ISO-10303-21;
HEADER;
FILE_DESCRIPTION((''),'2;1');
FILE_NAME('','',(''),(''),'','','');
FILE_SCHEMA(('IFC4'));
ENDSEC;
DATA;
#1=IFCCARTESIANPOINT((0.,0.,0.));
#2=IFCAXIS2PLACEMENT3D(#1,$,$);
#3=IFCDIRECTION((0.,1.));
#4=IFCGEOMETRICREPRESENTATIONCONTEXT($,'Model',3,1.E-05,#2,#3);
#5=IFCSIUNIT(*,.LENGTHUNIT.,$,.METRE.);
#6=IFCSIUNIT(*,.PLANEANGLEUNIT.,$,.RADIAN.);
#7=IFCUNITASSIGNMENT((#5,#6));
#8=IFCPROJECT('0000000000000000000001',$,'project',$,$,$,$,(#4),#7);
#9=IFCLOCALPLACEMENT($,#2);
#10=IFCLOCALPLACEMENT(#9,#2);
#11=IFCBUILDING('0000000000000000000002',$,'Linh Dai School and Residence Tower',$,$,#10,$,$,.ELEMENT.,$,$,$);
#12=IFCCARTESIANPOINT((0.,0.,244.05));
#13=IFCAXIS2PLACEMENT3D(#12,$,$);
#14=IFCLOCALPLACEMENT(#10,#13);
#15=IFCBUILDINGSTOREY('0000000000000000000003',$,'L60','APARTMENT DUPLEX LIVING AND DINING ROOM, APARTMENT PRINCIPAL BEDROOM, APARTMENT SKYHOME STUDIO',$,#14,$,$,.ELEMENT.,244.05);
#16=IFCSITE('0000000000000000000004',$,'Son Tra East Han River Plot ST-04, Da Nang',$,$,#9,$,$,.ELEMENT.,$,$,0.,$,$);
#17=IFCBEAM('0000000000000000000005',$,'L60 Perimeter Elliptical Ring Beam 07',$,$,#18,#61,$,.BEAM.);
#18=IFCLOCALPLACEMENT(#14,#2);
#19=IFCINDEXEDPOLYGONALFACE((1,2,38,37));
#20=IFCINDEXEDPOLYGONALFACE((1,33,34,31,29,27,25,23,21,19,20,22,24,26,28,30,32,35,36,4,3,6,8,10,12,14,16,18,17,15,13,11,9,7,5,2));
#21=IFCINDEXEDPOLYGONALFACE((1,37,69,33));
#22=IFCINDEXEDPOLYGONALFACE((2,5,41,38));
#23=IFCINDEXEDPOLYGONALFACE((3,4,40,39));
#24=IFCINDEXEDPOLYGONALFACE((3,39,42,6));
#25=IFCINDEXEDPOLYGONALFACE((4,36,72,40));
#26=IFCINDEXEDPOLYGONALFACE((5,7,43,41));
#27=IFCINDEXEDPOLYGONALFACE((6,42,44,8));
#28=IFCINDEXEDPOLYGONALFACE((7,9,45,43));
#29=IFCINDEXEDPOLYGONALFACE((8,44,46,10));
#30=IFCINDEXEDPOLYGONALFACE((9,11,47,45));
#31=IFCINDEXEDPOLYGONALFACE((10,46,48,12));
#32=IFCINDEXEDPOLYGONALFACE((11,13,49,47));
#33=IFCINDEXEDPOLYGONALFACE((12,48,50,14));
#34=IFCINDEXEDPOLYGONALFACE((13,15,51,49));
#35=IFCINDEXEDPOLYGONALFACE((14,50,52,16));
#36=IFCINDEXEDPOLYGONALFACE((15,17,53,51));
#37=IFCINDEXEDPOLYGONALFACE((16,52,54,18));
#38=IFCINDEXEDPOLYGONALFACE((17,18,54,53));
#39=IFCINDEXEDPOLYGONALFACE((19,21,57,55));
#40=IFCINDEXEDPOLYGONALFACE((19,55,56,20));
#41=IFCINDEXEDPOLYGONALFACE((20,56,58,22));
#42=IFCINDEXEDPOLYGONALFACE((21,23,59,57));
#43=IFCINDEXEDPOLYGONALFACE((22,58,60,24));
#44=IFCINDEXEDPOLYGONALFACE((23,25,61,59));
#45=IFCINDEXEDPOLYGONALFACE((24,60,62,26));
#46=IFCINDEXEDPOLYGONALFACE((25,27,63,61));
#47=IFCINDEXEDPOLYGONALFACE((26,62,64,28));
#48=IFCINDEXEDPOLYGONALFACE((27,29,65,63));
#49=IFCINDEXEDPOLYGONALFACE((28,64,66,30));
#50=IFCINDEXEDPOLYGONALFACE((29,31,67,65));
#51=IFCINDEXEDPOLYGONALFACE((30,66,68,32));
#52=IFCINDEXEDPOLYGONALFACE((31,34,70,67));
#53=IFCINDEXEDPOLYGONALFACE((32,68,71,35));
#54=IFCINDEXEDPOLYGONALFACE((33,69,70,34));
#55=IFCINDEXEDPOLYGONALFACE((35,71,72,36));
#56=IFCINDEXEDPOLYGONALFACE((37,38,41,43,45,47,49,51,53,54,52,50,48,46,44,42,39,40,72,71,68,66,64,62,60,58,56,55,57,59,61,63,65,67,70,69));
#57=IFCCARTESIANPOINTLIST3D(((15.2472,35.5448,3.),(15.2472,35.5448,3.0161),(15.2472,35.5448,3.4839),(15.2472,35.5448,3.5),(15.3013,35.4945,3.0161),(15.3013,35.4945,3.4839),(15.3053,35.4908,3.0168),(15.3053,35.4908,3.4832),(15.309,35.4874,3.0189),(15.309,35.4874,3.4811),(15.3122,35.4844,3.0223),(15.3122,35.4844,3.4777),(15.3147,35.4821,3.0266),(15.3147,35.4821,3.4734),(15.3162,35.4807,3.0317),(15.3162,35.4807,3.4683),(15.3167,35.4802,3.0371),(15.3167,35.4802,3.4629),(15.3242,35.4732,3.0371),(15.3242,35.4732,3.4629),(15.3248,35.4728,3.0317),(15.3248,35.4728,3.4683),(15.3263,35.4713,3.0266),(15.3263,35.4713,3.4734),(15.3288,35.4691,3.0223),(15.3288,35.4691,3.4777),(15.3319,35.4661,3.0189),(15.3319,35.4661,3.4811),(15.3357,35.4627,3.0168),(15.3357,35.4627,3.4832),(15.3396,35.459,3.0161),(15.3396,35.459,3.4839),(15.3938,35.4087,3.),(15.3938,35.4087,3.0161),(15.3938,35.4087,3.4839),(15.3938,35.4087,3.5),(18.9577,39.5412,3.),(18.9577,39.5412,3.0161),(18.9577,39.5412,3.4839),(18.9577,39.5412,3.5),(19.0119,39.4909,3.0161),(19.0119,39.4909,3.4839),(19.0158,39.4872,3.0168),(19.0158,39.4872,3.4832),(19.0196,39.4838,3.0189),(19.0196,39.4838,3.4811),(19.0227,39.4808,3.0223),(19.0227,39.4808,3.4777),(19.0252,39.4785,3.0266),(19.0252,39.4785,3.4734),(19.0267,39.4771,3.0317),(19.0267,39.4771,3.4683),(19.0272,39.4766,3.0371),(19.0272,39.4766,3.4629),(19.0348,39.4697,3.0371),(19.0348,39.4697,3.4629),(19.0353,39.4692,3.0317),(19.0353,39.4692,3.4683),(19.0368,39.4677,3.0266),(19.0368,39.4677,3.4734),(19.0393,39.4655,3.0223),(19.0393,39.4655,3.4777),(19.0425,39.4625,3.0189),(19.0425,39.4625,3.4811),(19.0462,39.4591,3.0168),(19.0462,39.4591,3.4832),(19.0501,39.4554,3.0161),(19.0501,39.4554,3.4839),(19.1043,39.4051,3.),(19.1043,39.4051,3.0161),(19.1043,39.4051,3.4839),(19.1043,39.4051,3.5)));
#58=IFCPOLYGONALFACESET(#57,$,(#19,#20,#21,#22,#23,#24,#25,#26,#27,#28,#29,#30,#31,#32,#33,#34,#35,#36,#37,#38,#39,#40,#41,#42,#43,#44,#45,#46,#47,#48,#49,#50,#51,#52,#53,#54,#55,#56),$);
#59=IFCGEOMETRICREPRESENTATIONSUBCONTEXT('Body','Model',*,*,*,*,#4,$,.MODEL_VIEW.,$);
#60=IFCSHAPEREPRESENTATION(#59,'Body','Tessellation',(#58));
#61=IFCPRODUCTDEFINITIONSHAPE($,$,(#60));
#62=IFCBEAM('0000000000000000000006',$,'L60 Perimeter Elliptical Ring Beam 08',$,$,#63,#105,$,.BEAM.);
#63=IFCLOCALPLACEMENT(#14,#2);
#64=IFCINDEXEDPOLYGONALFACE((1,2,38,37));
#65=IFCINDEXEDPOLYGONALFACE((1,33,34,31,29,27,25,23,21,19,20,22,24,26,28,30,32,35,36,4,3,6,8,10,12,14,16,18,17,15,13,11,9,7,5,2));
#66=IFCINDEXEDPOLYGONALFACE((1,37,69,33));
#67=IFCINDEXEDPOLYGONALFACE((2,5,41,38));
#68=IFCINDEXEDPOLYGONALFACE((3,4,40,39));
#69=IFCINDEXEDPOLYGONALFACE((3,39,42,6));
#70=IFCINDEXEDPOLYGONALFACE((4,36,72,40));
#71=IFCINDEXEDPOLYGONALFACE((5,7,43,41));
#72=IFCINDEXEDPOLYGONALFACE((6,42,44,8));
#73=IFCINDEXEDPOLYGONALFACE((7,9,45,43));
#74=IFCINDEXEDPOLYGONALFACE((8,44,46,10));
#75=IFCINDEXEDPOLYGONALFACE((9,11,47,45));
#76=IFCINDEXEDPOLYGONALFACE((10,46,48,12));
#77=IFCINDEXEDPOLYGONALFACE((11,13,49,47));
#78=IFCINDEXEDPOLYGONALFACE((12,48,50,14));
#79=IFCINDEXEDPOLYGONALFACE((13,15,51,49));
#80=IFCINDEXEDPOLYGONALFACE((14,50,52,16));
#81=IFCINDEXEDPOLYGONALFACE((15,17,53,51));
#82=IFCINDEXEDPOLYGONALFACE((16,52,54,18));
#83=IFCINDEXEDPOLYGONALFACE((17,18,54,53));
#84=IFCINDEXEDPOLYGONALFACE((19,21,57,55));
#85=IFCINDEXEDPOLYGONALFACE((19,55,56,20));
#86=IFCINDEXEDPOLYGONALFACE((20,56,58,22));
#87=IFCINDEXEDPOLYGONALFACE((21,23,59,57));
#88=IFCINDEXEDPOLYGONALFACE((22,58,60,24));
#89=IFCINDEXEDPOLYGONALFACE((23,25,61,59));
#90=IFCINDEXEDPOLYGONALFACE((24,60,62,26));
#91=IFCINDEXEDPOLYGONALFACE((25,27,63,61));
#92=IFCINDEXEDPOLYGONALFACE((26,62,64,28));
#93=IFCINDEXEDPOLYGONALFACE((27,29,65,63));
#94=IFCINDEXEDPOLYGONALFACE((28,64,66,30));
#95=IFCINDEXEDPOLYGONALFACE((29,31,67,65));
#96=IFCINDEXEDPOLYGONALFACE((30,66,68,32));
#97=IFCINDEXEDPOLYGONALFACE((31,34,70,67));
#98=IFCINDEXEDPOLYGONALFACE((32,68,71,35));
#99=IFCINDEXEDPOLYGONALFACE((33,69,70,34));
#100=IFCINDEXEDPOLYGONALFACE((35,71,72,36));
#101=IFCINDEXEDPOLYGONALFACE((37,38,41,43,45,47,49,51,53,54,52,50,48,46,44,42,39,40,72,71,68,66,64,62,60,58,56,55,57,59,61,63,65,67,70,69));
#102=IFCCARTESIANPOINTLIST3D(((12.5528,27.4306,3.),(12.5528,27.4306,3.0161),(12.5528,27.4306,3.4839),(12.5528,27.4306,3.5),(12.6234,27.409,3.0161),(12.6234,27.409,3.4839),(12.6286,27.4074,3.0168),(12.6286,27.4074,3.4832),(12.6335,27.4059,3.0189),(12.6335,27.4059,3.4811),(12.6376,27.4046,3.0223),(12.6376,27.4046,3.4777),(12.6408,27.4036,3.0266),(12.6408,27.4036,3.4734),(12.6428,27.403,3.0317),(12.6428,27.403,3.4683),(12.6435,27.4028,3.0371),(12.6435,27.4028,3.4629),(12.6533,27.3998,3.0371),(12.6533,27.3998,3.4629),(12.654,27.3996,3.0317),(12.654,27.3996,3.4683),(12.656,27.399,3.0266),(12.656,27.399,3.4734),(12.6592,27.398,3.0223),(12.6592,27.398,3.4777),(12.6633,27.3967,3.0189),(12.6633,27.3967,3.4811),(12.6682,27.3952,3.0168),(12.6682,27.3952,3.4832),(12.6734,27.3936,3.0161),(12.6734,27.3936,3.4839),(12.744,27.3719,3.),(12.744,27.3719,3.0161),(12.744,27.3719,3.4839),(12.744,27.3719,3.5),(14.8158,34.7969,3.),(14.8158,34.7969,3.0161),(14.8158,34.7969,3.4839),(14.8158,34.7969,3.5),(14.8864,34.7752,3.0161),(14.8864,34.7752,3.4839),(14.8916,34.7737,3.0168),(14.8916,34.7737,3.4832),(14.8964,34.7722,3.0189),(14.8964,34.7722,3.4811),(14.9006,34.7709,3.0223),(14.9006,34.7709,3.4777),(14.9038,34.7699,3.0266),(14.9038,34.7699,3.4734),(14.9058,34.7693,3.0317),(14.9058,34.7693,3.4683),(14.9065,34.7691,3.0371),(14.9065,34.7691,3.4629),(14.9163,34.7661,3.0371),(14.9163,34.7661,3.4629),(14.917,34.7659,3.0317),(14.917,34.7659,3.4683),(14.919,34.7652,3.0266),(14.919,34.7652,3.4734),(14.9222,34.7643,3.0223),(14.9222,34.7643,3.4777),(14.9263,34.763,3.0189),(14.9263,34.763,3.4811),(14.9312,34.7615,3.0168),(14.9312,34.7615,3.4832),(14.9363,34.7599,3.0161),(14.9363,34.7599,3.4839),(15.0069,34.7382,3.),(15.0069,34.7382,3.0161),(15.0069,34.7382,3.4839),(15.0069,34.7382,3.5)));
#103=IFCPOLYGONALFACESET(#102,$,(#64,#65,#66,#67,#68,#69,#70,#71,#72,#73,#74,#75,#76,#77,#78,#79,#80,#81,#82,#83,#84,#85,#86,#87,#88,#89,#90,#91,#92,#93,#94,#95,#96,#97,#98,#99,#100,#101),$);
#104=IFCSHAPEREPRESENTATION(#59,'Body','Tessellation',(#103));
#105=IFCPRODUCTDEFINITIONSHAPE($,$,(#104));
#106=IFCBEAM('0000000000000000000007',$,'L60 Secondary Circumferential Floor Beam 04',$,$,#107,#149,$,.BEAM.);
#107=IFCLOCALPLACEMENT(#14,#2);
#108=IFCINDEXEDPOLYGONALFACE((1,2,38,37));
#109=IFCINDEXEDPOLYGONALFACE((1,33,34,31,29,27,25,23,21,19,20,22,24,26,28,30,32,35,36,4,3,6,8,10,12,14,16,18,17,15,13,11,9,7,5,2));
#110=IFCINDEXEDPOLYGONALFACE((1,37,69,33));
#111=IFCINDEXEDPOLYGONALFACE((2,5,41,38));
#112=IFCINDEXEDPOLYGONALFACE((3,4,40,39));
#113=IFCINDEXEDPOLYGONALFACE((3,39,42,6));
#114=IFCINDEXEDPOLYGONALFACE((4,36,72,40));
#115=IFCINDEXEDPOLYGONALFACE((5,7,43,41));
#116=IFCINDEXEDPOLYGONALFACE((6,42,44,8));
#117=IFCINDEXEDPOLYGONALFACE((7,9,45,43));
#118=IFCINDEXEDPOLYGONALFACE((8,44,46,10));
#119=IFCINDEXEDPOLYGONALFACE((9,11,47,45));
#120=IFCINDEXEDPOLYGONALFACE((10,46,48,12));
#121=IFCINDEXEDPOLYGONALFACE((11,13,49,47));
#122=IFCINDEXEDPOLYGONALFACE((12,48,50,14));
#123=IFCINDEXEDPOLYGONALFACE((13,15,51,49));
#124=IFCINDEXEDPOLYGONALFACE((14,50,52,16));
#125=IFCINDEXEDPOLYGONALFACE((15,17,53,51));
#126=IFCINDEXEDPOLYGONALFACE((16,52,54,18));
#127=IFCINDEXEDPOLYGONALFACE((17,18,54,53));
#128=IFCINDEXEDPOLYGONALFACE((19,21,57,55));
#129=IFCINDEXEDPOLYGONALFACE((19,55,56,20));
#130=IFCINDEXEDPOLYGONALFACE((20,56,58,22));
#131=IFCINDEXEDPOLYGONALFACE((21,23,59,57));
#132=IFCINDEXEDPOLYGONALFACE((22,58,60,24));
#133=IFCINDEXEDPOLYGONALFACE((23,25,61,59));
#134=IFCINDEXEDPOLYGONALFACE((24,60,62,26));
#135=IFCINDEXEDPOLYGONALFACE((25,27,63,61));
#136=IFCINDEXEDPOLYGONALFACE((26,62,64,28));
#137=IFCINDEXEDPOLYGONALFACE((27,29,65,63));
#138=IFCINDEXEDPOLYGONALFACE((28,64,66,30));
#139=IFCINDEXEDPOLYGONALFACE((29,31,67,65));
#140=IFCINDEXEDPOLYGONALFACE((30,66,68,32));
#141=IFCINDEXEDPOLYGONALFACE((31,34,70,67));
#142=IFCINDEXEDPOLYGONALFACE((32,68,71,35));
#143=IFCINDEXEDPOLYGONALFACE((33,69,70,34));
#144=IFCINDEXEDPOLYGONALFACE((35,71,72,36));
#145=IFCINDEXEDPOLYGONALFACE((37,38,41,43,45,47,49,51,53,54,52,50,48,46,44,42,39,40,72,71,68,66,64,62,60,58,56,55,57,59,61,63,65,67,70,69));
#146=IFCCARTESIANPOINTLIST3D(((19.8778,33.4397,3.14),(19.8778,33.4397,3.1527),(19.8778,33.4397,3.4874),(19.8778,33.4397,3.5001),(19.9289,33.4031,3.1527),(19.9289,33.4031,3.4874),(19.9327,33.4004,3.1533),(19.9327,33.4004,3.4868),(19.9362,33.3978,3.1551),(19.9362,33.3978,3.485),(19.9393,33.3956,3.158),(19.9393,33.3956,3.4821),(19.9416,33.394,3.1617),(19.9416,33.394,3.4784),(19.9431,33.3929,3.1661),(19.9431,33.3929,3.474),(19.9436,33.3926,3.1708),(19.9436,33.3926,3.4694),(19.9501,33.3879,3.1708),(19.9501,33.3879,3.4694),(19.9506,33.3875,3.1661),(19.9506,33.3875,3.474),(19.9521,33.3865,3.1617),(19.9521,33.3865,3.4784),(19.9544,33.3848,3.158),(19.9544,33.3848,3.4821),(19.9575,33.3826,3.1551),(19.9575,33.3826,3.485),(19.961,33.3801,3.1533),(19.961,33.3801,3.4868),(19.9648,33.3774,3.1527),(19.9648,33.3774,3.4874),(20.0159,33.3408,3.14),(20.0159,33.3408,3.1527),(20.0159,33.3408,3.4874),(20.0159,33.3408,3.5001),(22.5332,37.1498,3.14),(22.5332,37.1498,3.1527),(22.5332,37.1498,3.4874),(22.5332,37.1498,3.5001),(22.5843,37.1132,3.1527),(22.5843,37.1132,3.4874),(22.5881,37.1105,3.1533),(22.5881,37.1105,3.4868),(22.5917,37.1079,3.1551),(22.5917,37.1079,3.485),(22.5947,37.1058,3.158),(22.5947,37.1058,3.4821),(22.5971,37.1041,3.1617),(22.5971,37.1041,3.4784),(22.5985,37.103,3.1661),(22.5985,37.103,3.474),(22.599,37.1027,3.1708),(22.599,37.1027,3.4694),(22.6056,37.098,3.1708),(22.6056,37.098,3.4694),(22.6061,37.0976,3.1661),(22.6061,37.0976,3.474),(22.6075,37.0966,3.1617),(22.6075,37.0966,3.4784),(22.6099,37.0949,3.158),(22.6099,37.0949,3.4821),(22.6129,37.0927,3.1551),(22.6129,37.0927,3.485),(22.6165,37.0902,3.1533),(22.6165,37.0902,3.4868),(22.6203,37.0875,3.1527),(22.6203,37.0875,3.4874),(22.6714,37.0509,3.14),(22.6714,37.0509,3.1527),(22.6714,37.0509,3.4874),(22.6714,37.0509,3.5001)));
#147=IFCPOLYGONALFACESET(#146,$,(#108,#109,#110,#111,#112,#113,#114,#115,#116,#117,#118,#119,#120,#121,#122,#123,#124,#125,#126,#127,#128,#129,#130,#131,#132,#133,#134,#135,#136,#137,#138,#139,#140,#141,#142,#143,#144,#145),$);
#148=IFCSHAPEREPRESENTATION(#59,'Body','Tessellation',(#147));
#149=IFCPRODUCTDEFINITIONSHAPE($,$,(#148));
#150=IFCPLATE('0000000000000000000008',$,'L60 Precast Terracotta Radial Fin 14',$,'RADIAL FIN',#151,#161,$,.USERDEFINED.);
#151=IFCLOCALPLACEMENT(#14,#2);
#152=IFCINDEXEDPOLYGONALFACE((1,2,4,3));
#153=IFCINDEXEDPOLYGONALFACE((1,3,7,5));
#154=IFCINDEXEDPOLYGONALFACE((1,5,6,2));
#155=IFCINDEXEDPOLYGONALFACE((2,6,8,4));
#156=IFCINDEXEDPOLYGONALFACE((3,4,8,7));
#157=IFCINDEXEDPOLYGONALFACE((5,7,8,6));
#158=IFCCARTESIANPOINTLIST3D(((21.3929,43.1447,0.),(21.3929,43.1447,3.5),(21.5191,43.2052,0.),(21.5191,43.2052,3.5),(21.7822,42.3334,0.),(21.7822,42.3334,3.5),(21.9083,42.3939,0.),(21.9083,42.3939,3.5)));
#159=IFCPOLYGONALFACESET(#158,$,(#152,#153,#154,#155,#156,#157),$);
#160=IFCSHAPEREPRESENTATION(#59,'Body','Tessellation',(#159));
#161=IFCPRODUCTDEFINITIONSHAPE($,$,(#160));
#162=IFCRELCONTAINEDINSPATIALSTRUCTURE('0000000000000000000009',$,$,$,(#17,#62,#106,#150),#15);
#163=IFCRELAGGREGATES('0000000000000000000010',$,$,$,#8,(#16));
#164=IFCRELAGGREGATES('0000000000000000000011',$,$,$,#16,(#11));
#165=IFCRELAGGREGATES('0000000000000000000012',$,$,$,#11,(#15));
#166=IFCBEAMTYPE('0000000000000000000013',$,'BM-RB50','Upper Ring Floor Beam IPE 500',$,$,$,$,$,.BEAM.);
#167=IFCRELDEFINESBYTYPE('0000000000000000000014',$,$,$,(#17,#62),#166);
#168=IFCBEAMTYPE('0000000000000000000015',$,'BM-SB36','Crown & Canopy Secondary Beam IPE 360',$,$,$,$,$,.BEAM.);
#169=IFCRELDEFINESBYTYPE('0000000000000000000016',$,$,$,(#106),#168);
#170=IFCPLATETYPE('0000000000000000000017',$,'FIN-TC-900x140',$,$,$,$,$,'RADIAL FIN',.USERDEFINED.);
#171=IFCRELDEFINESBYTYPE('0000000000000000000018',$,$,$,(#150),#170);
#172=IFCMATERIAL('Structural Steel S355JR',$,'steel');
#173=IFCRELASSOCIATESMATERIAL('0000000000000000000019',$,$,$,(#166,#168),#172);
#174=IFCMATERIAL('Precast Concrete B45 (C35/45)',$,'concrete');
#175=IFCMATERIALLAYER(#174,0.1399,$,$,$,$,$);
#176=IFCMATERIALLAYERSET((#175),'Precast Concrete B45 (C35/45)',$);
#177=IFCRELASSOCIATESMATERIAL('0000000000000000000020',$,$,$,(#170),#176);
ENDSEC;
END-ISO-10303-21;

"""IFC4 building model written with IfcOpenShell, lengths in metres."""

from ifc_helpers import new_model, si_unit, direction, frame, origin, origin_2d, place, context, subcontext, project, spatial, rectangle, i_section, extrude, source, transform, mapped, material, layer, layer_set, material_profile, profile_set, type_object, element, save


model = new_model("IFC4")

# Units and contexts
model_context = context("Model", 3, precision=1e-05, world=origin(), true_north=direction((0.0, 1.0)))
body_context = subcontext(model_context, "Body", "Model", "MODEL_VIEW")
ifc_project = project(units=[si_unit("LENGTHUNIT", "METRE"), si_unit("PLANEANGLEUNIT", "RADIAN")], contexts=[model_context])

# Site, building, storey
site_placement = place(None, origin())
site = spatial("IfcSite", under=ifc_project, at=site_placement, Name="Son Tra East Han River Plot ST-04, Da Nang", CompositionType="ELEMENT", RefElevation=0.0)
building_placement = place(site_placement, origin())
building = spatial("IfcBuilding", under=site, at=building_placement, Name="Linh Dai School and Residence Tower", CompositionType="ELEMENT")
storey_placement = place(building_placement, frame((0.0, 0.0, 244.05)))
storey = spatial("IfcBuildingStorey", under=building, at=storey_placement, Name="L60", Description="APARTMENT DUPLEX LIVING AND DINING ROOM, APARTMENT PRINCIPAL BEDROOM, APARTMENT SKYHOME STUDIO", CompositionType="ELEMENT", Elevation=244.05)

# Shared definitions
ifc_material_1 = material(Name="Structural Steel S355JR", Category="steel")

# Beams
ifc_material_profile_1 = material_profile(ifc_material_1, i_section(OverallWidth=0.2, OverallDepth=0.5, WebThickness=0.0103, FlangeThickness=0.0161, FilletRadius=0.021, at=origin_2d()), Name="IPE 500")
ifc_profile_set_1 = profile_set([ifc_material_profile_1], Name="Structural Steel S355JR")
beam_type_1 = type_object("IfcBeamType", Name="BM-RB50", Description="Upper Ring Floor Beam IPE 500", PredefinedType="BEAM", material=ifc_profile_set_1)
beam_1_placement = place(storey_placement, frame((19.031, 39.4731, 3.25), z_axis=(-0.680408, -0.732833, 0.0), x_axis=(0.732833, -0.680408, 0.0)))
element("IfcBeam", 1, at=beam_1_placement, inside=storey, type_object=beam_type_1, Name="L60 Perimeter Elliptical Ring Beam 07", PredefinedType="BEAM", context=body_context, shape_type="SweptSolid", body=[
    extrude(i_section(OverallWidth=0.2, OverallDepth=0.5, WebThickness=0.0103, FlangeThickness=0.0161, FilletRadius=0.021, at=origin_2d()), origin(), (0.0, 0.0, 1.0), 5.4534),
])
beam_2_placement = place(storey_placement, frame((14.9114, 34.7676, 3.25), z_axis=(-0.293661, -0.95591, 0.0), x_axis=(0.95591, -0.293661, 0.0)))
element("IfcBeam", 2, at=beam_2_placement, inside=storey, type_object=beam_type_1, Name="L60 Perimeter Elliptical Ring Beam 08", PredefinedType="BEAM", context=body_context, shape_type="SweptSolid", body=[
    extrude(i_section(OverallWidth=0.2, OverallDepth=0.5, WebThickness=0.0103, FlangeThickness=0.0161, FilletRadius=0.021, at=origin_2d()), origin(), (0.0, 0.0, 1.0), 7.7061),
])
ifc_material_profile_2 = material_profile(ifc_material_1, i_section(OverallWidth=0.1699, OverallDepth=0.3601, WebThickness=0.0081, FlangeThickness=0.0127, FilletRadius=0.0181, at=origin_2d()), Name="IPE 360")
ifc_profile_set_2 = profile_set([ifc_material_profile_2], Name="Structural Steel S355JR")
beam_type_2 = type_object("IfcBeamType", Name="BM-SB36", Description="Crown & Canopy Secondary Beam IPE 360", PredefinedType="BEAM", material=ifc_profile_set_2)
beam_3_placement = place(storey_placement, frame((22.6023, 37.1003, 3.3201), z_axis=(-0.582017, -0.813176, 0.0), x_axis=(0.813176, -0.582017, 0.0)))
element("IfcBeam", 3, at=beam_3_placement, inside=storey, type_object=beam_type_2, Name="L60 Secondary Circumferential Floor Beam 04", PredefinedType="BEAM", context=body_context, shape_type="SweptSolid", body=[
    extrude(i_section(OverallWidth=0.1699, OverallDepth=0.3601, WebThickness=0.0081, FlangeThickness=0.0127, FilletRadius=0.0181, at=origin_2d()), origin(), (0.0, 0.0, 1.0), 4.5625),
])

# Plate
ifc_material_2 = material(Name="Precast Concrete B45 (C35/45)", Category="concrete")
ifc_layer_1 = layer(ifc_material_2, 0.1399)
ifc_layer_set_1 = layer_set([ifc_layer_1], Name="Precast Concrete B45 (C35/45)")
plate_type = type_object("IfcPlateType", Name="FIN-TC-900x140", ElementType="RADIAL FIN", PredefinedType="USERDEFINED", material=ifc_layer_set_1)
shared_shape_1 = source(origin(), body_context, "Body", "SweptSolid", [
    extrude(rectangle(XDim=0.8999, YDim=0.1399, at=origin_2d()), origin(), (0.0, 0.0, 1.0), 3.5),
])
plate_placement = place(storey_placement, frame((21.6506, 42.7693, 0.0), z_axis=(0.0, 0.0, 1.0), x_axis=(-0.432594, 0.901589, 0.0)))
element("IfcPlate", 4, at=plate_placement, inside=storey, type_object=plate_type, Name="L60 Precast Terracotta Radial Fin 14", ObjectType="RADIAL FIN", PredefinedType="USERDEFINED", context=body_context, shape_type="MappedRepresentation", body=[
    mapped(shared_shape_1, transform((0.0, 0.0, 0.0), x_axis=(1.0, 0.0, 0.0), y_axis=(0.0, 1.0, 0.0), z_axis=(0.0, 0.0, 1.0), scale=1.0)),
])

save(model, "model.ifc")
